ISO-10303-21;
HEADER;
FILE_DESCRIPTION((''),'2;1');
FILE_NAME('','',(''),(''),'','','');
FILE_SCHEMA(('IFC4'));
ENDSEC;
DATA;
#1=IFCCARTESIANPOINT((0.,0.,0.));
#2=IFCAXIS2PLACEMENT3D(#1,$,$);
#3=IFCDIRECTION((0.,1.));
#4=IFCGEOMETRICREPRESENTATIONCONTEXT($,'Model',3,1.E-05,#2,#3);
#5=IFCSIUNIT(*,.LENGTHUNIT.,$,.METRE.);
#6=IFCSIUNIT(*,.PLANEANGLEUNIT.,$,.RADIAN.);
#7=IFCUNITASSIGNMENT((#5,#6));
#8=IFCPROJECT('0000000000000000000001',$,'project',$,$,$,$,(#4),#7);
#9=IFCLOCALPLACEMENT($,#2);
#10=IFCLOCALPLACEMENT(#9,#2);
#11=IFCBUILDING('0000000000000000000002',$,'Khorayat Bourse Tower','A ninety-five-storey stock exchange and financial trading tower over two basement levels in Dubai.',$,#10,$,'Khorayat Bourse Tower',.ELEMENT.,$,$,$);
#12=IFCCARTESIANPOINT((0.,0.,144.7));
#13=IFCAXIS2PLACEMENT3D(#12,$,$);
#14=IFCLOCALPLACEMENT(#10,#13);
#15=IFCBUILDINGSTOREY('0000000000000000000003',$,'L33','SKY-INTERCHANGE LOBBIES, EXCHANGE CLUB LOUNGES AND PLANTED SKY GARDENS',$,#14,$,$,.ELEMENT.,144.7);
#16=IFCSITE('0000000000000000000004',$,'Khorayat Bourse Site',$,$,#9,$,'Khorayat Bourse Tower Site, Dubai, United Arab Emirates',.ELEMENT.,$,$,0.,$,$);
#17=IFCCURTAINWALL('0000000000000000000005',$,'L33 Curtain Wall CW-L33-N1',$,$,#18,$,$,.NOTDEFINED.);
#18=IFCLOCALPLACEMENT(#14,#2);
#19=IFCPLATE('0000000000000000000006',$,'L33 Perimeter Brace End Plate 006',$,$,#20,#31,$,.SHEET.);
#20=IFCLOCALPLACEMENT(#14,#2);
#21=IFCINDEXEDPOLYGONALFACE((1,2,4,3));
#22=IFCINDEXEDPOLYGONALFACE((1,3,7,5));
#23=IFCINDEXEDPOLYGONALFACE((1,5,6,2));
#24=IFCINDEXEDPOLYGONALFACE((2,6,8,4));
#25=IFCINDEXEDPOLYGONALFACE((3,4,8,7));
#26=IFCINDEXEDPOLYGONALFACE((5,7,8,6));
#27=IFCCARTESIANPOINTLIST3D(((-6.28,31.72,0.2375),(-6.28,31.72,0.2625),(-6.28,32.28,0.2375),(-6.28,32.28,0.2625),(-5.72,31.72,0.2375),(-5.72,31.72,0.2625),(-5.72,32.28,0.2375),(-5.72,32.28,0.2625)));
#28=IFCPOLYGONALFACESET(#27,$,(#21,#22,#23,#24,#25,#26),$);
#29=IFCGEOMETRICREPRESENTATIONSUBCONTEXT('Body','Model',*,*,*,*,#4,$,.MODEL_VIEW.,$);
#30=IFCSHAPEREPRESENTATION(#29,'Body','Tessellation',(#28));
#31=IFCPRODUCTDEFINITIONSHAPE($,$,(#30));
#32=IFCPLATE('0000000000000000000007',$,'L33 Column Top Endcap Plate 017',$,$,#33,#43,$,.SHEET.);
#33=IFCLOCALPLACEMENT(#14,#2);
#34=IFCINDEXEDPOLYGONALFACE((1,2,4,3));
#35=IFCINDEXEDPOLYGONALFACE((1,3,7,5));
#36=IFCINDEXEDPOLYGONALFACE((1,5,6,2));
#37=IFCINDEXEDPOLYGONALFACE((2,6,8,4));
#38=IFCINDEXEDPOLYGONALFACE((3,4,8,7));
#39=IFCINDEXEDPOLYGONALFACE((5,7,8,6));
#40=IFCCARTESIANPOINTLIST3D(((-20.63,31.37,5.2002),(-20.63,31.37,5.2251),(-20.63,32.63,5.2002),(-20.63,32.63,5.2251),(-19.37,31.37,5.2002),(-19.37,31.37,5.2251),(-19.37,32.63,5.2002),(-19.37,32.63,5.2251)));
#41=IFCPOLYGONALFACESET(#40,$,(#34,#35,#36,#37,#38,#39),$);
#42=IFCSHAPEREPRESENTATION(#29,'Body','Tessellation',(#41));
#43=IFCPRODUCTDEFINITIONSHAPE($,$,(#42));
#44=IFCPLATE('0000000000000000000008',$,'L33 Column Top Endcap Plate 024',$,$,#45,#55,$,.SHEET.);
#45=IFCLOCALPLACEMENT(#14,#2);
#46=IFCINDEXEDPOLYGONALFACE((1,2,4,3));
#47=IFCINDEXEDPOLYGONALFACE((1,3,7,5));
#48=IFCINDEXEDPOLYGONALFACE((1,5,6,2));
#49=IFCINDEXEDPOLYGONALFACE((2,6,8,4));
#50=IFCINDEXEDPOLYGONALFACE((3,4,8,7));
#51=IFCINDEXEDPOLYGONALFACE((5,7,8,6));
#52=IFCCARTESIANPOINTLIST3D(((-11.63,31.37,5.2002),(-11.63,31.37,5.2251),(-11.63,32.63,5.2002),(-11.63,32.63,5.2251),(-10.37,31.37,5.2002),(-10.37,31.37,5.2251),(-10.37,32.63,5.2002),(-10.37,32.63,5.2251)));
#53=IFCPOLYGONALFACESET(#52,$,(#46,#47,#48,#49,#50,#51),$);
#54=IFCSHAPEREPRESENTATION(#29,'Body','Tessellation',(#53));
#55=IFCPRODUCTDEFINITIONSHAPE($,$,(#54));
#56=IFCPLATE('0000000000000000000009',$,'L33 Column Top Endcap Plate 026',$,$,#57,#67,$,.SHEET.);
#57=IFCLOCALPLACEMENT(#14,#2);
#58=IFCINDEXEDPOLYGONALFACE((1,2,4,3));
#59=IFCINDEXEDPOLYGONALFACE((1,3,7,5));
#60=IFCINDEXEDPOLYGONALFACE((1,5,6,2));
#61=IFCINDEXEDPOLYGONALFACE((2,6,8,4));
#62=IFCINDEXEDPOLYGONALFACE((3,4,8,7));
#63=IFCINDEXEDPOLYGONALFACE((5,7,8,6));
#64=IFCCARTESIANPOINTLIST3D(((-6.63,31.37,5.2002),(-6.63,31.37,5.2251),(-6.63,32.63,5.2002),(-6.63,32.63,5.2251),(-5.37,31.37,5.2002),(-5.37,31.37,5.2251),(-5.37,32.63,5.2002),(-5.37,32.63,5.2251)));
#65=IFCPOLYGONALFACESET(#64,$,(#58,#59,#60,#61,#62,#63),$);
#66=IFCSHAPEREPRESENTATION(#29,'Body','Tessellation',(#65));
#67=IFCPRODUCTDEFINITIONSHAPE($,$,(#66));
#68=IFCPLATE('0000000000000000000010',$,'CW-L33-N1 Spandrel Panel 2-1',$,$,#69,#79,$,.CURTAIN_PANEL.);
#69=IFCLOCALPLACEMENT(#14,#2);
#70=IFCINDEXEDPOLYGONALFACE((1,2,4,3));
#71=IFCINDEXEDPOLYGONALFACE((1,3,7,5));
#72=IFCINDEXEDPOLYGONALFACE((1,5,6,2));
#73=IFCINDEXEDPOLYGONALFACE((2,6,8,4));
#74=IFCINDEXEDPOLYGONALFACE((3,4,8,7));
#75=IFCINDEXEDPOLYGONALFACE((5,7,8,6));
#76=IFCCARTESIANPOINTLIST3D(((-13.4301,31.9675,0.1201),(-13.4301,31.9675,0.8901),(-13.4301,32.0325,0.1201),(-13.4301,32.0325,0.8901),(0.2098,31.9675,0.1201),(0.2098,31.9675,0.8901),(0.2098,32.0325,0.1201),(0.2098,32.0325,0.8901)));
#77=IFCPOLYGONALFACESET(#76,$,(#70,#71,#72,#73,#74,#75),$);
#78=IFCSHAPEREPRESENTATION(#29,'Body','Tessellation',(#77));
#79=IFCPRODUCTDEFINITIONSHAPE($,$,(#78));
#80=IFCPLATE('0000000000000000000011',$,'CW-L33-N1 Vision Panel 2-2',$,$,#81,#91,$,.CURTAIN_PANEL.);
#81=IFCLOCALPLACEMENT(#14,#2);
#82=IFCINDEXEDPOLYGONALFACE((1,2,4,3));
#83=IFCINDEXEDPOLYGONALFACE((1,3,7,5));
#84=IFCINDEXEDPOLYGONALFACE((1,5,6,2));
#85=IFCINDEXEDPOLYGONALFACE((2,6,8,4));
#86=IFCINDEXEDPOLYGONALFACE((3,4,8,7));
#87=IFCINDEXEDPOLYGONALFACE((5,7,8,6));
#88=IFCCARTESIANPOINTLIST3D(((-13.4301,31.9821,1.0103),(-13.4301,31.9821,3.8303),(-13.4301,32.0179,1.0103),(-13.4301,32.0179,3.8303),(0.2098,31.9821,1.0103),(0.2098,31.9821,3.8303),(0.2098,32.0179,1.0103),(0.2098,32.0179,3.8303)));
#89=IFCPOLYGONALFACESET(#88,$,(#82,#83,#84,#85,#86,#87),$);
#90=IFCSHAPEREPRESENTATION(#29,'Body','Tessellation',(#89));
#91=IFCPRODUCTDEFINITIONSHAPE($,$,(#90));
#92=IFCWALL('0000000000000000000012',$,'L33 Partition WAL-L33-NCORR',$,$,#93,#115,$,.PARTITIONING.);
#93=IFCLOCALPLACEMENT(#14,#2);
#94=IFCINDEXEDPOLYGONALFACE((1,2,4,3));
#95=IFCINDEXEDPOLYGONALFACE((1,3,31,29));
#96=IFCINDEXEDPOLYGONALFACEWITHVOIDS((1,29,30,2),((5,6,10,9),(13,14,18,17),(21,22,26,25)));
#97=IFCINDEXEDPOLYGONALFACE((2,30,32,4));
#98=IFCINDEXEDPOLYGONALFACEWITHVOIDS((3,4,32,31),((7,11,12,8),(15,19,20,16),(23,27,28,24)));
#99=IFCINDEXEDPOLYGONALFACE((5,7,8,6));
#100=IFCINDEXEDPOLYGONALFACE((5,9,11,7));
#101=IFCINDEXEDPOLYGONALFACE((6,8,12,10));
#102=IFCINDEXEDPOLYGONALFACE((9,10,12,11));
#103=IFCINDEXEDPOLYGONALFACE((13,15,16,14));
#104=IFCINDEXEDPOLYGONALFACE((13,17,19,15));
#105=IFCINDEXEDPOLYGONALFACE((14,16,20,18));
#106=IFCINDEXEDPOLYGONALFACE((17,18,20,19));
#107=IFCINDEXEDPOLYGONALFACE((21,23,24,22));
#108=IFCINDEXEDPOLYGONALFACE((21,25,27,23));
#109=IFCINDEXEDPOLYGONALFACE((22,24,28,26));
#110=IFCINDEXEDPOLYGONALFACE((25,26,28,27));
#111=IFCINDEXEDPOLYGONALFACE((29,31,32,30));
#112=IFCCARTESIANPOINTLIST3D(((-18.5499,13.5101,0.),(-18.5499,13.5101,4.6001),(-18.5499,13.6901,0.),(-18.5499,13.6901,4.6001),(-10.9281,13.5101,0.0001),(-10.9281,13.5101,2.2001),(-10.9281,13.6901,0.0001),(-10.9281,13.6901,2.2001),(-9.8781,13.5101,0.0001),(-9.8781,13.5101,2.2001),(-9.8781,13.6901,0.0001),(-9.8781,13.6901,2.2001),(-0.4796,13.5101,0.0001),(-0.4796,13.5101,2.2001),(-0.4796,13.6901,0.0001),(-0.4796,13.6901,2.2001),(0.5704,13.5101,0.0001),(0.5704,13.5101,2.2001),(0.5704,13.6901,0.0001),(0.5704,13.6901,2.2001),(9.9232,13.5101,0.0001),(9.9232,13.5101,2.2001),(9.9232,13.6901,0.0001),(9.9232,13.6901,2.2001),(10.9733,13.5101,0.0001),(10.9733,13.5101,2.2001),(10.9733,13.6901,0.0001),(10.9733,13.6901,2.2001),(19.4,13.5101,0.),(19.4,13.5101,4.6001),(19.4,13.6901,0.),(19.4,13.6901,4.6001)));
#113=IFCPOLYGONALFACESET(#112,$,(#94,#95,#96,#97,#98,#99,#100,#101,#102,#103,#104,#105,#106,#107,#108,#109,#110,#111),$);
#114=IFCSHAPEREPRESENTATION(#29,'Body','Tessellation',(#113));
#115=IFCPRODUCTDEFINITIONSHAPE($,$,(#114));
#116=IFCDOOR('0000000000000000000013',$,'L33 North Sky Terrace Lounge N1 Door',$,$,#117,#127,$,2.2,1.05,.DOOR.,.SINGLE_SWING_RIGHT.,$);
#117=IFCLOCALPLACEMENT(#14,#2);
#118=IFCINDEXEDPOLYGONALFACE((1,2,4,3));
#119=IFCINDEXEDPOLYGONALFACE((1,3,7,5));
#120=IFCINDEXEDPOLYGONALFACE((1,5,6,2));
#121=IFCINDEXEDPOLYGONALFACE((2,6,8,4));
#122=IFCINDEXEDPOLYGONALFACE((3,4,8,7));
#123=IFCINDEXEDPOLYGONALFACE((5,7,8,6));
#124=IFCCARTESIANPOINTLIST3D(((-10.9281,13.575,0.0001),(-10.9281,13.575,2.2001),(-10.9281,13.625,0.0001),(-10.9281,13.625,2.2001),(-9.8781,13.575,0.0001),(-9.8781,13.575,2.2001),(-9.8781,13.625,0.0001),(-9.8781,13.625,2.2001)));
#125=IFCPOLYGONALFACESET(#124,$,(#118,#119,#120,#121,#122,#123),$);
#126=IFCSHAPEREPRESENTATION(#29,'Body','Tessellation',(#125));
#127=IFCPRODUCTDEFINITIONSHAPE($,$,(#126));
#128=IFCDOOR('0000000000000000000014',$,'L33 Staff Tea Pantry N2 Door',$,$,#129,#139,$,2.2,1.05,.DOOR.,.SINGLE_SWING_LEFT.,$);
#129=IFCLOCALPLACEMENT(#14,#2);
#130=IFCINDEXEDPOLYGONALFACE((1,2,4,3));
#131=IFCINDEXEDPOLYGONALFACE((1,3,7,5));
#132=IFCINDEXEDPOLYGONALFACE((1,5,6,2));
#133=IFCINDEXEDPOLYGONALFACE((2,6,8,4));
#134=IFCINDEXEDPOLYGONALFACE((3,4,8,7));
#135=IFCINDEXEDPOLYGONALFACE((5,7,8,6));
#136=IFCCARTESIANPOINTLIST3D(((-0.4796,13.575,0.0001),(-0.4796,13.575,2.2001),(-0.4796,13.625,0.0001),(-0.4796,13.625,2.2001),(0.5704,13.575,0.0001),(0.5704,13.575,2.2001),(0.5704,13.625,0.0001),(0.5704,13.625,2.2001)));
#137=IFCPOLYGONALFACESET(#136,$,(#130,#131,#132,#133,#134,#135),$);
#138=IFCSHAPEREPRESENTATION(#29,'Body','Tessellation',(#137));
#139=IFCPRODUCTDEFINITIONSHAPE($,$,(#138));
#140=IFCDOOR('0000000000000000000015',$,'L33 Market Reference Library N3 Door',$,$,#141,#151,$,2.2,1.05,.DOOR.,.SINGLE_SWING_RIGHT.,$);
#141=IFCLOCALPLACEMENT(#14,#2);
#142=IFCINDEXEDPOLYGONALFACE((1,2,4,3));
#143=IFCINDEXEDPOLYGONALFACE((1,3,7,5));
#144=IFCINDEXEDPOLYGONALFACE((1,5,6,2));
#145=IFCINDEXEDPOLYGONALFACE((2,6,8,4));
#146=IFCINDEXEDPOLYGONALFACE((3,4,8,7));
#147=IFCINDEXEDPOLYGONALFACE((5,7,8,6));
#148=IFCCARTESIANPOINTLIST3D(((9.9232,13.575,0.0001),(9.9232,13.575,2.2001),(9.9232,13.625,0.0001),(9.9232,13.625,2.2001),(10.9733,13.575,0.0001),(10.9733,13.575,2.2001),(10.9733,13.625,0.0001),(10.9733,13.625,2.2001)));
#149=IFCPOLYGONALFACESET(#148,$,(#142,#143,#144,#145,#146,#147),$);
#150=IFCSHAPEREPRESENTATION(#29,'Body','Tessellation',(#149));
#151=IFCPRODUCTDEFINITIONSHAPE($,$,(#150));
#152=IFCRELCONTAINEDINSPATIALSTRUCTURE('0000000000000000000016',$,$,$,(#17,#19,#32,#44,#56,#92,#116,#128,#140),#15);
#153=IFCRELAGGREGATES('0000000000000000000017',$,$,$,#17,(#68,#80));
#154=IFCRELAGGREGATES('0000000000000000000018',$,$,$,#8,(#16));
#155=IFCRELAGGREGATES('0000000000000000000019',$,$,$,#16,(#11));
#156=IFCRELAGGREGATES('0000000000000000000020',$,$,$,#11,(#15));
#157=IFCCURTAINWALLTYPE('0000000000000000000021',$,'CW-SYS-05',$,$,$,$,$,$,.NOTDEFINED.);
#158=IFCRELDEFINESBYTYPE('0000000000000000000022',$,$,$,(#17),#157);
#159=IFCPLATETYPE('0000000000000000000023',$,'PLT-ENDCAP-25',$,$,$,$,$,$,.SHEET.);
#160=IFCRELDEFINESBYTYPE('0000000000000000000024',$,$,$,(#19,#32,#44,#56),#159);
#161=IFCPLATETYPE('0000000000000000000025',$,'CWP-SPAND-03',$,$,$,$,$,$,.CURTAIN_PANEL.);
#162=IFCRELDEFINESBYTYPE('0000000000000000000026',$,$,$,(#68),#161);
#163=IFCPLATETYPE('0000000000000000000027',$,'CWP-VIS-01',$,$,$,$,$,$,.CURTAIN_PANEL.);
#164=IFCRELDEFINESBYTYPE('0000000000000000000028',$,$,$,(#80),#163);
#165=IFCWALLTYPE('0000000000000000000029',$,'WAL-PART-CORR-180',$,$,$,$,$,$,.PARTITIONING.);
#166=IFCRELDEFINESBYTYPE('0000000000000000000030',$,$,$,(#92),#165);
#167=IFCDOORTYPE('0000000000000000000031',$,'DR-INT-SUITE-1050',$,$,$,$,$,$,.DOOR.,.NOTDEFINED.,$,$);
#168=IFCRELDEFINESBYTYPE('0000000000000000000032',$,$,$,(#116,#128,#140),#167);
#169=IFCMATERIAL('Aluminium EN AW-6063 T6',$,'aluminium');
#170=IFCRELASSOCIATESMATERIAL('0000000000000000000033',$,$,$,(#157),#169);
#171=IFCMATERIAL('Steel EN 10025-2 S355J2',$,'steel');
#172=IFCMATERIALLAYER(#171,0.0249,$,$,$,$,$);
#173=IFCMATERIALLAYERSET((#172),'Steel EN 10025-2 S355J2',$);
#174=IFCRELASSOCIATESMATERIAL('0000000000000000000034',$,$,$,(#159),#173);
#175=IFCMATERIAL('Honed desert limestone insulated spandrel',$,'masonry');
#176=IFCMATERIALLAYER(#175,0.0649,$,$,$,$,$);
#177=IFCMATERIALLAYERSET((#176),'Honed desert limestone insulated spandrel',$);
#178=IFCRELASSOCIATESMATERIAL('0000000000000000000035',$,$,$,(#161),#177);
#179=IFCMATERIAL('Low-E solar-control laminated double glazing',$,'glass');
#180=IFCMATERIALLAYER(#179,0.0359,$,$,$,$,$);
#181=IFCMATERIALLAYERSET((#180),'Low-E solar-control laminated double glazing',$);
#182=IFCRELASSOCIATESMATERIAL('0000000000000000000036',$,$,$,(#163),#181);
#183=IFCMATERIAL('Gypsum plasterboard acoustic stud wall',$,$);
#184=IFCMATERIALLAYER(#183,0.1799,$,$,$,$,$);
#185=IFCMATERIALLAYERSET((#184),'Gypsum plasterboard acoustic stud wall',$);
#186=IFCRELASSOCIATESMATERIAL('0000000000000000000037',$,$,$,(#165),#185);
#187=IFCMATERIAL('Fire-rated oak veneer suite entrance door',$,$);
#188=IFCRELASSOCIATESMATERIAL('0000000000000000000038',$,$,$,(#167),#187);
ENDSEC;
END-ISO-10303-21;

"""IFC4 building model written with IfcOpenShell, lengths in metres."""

from ifc_helpers import new_model, si_unit, direction, frame, frame_2d, origin, origin_2d, place, context, subcontext, project, spatial, rectangle, extrude, source, transform, mapped, material, layer, layer_set, type_object, element, fill, aggregate, save


model = new_model("IFC4")

# Units and contexts
model_context = context("Model", 3, precision=1e-05, world=origin(), true_north=direction((0.0, 1.0)))
body_context = subcontext(model_context, "Body", "Model", "MODEL_VIEW")
ifc_project = project(units=[si_unit("LENGTHUNIT", "METRE"), si_unit("PLANEANGLEUNIT", "RADIAN")], contexts=[model_context])

# Site, building, storey
site_placement = place(None, origin())
site = spatial("IfcSite", under=ifc_project, at=site_placement, Name="Khorayat Bourse Site", LongName="Khorayat Bourse Tower Site, Dubai, United Arab Emirates", CompositionType="ELEMENT", RefElevation=0.0)
building_placement = place(site_placement, origin())
building = spatial("IfcBuilding", under=site, at=building_placement, Name="Khorayat Bourse Tower", Description="A ninety-five-storey stock exchange and financial trading tower over two basement levels in Dubai.", LongName="Khorayat Bourse Tower", CompositionType="ELEMENT")
storey_placement = place(building_placement, frame((0.0, 0.0, 144.7)))
storey = spatial("IfcBuildingStorey", under=building, at=storey_placement, Name="L33", Description="SKY-INTERCHANGE LOBBIES, EXCHANGE CLUB LOUNGES AND PLANTED SKY GARDENS", CompositionType="ELEMENT", Elevation=144.7)

# Curtain wall
ifc_material_1 = material(Name="Aluminium EN AW-6063 T6", Category="aluminium")
curtain_wall_type = type_object("IfcCurtainWallType", Name="CW-SYS-05", PredefinedType="NOTDEFINED", material=ifc_material_1)
curtain_wall_placement = place(storey_placement, origin())
curtain_wall = element("IfcCurtainWall", 1, at=curtain_wall_placement, inside=storey, type_object=curtain_wall_type, Name="L33 Curtain Wall CW-L33-N1", PredefinedType="NOTDEFINED")

# Plates
ifc_material_2 = material(Name="Steel EN 10025-2 S355J2", Category="steel")
ifc_layer_1 = layer(ifc_material_2, 0.0249)
ifc_layer_set_1 = layer_set([ifc_layer_1], Name="Steel EN 10025-2 S355J2")
plate_type_1 = type_object("IfcPlateType", Name="PLT-ENDCAP-25", PredefinedType="SHEET", material=ifc_layer_set_1)
shared_shape_1 = source(origin(), body_context, "Body", "SweptSolid", [
    extrude(rectangle(XDim=0.5601, YDim=0.5601, at=origin_2d()), origin(), (0.0, 0.0, 1.0), 0.0249),
])
for number, where, z_axis, x_axis, name in (
    (2, (-6.0, 32.0, 0.2375), (0.0, 0.0, 1.0), (1.0, 0.0, 0.0), "L33 Perimeter Brace End Plate 006"),
):
    element("IfcPlate", number, at=place(storey_placement, frame(where, z_axis=z_axis, x_axis=x_axis)), inside=storey, type_object=plate_type_1, Name=name, PredefinedType="SHEET", context=body_context, shape_type="MappedRepresentation", body=[
        mapped(shared_shape_1, transform((0.0, 0.0, 0.0), scale=1.0)),
    ])
shared_shape_2 = source(origin(), body_context, "Body", "SweptSolid", [
    extrude(rectangle(XDim=1.26, YDim=1.26, at=origin_2d()), origin(), (0.0, 0.0, 1.0), 0.0249),
])
for number, where, z_axis, x_axis, name in (
    (3, (-20.0, 32.0, 5.2002), (0.0, 0.0, 1.0), (1.0, 0.0, 0.0), "L33 Column Top Endcap Plate 017"),
    (4, (-11.0, 32.0, 5.2002), (0.0, 0.0, 1.0), (1.0, 0.0, 0.0), "L33 Column Top Endcap Plate 024"),
    (5, (-6.0, 32.0, 5.2002), (0.0, 0.0, 1.0), (1.0, 0.0, 0.0), "L33 Column Top Endcap Plate 026"),
):
    element("IfcPlate", number, at=place(storey_placement, frame(where, z_axis=z_axis, x_axis=x_axis)), inside=storey, type_object=plate_type_1, Name=name, PredefinedType="SHEET", context=body_context, shape_type="MappedRepresentation", body=[
        mapped(shared_shape_2, transform((0.0, 0.0, 0.0), scale=1.0)),
    ])

# Plates
ifc_material_3 = material(Name="Honed desert limestone insulated spandrel", Category="masonry")
ifc_layer_2 = layer(ifc_material_3, 0.0649)
ifc_layer_set_2 = layer_set([ifc_layer_2], Name="Honed desert limestone insulated spandrel")
plate_type_2 = type_object("IfcPlateType", Name="CWP-SPAND-03", PredefinedType="CURTAIN_PANEL", material=ifc_layer_set_2)
shared_shape_3 = source(origin(), body_context, "Body", "SweptSolid", [
    extrude(rectangle(XDim=13.6399, YDim=0.0649, at=origin_2d()), origin(), (0.0, 0.0, 1.0), 0.77),
])
plate_1_placement = place(storey_placement, frame((-6.6101, 32.0, 0.1201), z_axis=(0.0, 0.0, 1.0), x_axis=(1.0, 0.0, 0.0)))
plate_1 = element("IfcPlate", 6, at=plate_1_placement, type_object=plate_type_2, Name="CW-L33-N1 Spandrel Panel 2-1", PredefinedType="CURTAIN_PANEL", context=body_context, shape_type="MappedRepresentation", body=[
    mapped(shared_shape_3, transform((0.0, 0.0, 0.0), scale=1.0)),
])
ifc_material_4 = material(Name="Low-E solar-control laminated double glazing", Category="glass")
ifc_layer_3 = layer(ifc_material_4, 0.0359)
ifc_layer_set_3 = layer_set([ifc_layer_3], Name="Low-E solar-control laminated double glazing")
plate_type_3 = type_object("IfcPlateType", Name="CWP-VIS-01", PredefinedType="CURTAIN_PANEL", material=ifc_layer_set_3)
shared_shape_4 = source(origin(), body_context, "Body", "SweptSolid", [
    extrude(rectangle(XDim=13.6399, YDim=0.0359, at=origin_2d()), origin(), (0.0, 0.0, 1.0), 2.8201),
])
plate_2_placement = place(storey_placement, frame((-6.6101, 32.0, 1.0103), z_axis=(0.0, 0.0, 1.0), x_axis=(1.0, 0.0, 0.0)))
plate_2 = element("IfcPlate", 7, at=plate_2_placement, type_object=plate_type_3, Name="CW-L33-N1 Vision Panel 2-2", PredefinedType="CURTAIN_PANEL", context=body_context, shape_type="MappedRepresentation", body=[
    mapped(shared_shape_4, transform((0.0, 0.0, 0.0), scale=1.0)),
])
aggregate(curtain_wall, [plate_1, plate_2])

# Wall, openings, doors
ifc_material_5 = material(Name="Gypsum plasterboard acoustic stud wall")
ifc_layer_4 = layer(ifc_material_5, 0.1799)
ifc_layer_set_4 = layer_set([ifc_layer_4], Name="Gypsum plasterboard acoustic stud wall")
wall_type_1 = type_object("IfcWallType", Name="WAL-PART-CORR-180", PredefinedType="PARTITIONING", material=ifc_layer_set_4)
shared_shape_5 = source(origin(), body_context, "Body", "SweptSolid", [
    extrude(rectangle(XDim=37.95, YDim=0.1799, at=frame_2d((18.9751, 0.0))), origin(), (0.0, 0.0, 1.0), 4.6001),
])
wall_1_placement = place(storey_placement, frame((-18.55, 13.6001, 0.0), z_axis=(0.0, 0.0, 1.0), x_axis=(1.0, 0.0, 0.0)))
wall_1 = element("IfcWall", 8, at=wall_1_placement, inside=storey, type_object=wall_type_1, Name="L33 Partition WAL-L33-NCORR", PredefinedType="PARTITIONING", context=body_context, shape_type="MappedRepresentation", body=[
    mapped(shared_shape_5, transform((0.0, 0.0, 0.0), scale=1.0)),
])
shared_shape_6 = source(origin(), body_context, "Body", "SweptSolid", [
    extrude(rectangle(XDim=1.05, YDim=2.2, at=frame_2d((0.5249, 1.1001))), frame((0.0, 0.0999, 0.0), z_axis=(0.0, -1.0, 0.0), x_axis=(1.0, 0.0, 0.0)), (0.0, 0.0, 1.0), 0.2),
])
opening_1_placement = place(wall_1_placement, frame((7.6221, 0.0, 0.0)))
opening_1 = element("IfcOpeningElement", 9, at=opening_1_placement, cuts=wall_1, PredefinedType="OPENING", context=body_context, shape_type="MappedRepresentation", body=[
    mapped(shared_shape_6, transform((0.0, 0.0, 0.0), scale=1.0)),
])
opening_2_placement = place(wall_1_placement, frame((18.0706, 0.0, 0.0)))
opening_2 = element("IfcOpeningElement", 10, at=opening_2_placement, cuts=wall_1, PredefinedType="OPENING", context=body_context, shape_type="MappedRepresentation", body=[
    mapped(shared_shape_6, transform((0.0, 0.0, 0.0), scale=1.0)),
])
opening_3_placement = place(wall_1_placement, frame((28.4734, 0.0, 0.0)))
opening_3 = element("IfcOpeningElement", 11, at=opening_3_placement, cuts=wall_1, PredefinedType="OPENING", context=body_context, shape_type="MappedRepresentation", body=[
    mapped(shared_shape_6, transform((0.0, 0.0, 0.0), scale=1.0)),
])
ifc_material_6 = material(Name="Fire-rated oak veneer suite entrance door")
door_type_1 = type_object("IfcDoorType", Name="DR-INT-SUITE-1050", OperationType="NOTDEFINED", PredefinedType="DOOR", material=ifc_material_6)
shared_shape_7 = source(origin(), body_context, "Body", "SweptSolid", [
    extrude(rectangle(XDim=1.05, YDim=2.2, at=frame_2d((0.5249, 1.1001))), frame((0.0, 0.0249, 0.0), z_axis=(0.0, -1.0, 0.0), x_axis=(1.0, 0.0, 0.0)), (0.0, 0.0, 1.0), 0.05),
])
door_1_placement = place(opening_1_placement, origin())
door_1 = element("IfcDoor", 12, at=door_1_placement, inside=storey, type_object=door_type_1, Name="L33 North Sky Terrace Lounge N1 Door", OperationType="SINGLE_SWING_RIGHT", OverallHeight=2.2, OverallWidth=1.05, PredefinedType="DOOR", context=body_context, shape_type="MappedRepresentation", body=[
    mapped(shared_shape_7, transform((0.0, 0.0, 0.0), scale=1.0)),
])
fill(opening_1, door_1)
door_2_placement = place(opening_2_placement, origin())
door_2 = element("IfcDoor", 13, at=door_2_placement, inside=storey, type_object=door_type_1, Name="L33 Staff Tea Pantry N2 Door", OperationType="SINGLE_SWING_LEFT", OverallHeight=2.2, OverallWidth=1.05, PredefinedType="DOOR", context=body_context, shape_type="MappedRepresentation", body=[
    mapped(shared_shape_7, transform((0.0, 0.0, 0.0), scale=1.0)),
])
fill(opening_2, door_2)
door_3_placement = place(opening_3_placement, origin())
door_3 = element("IfcDoor", 14, at=door_3_placement, inside=storey, type_object=door_type_1, Name="L33 Market Reference Library N3 Door", OperationType="SINGLE_SWING_RIGHT", OverallHeight=2.2, OverallWidth=1.05, PredefinedType="DOOR", context=body_context, shape_type="MappedRepresentation", body=[
    mapped(shared_shape_7, transform((0.0, 0.0, 0.0), scale=1.0)),
])
fill(opening_3, door_3)

save(model, "model.ifc")
